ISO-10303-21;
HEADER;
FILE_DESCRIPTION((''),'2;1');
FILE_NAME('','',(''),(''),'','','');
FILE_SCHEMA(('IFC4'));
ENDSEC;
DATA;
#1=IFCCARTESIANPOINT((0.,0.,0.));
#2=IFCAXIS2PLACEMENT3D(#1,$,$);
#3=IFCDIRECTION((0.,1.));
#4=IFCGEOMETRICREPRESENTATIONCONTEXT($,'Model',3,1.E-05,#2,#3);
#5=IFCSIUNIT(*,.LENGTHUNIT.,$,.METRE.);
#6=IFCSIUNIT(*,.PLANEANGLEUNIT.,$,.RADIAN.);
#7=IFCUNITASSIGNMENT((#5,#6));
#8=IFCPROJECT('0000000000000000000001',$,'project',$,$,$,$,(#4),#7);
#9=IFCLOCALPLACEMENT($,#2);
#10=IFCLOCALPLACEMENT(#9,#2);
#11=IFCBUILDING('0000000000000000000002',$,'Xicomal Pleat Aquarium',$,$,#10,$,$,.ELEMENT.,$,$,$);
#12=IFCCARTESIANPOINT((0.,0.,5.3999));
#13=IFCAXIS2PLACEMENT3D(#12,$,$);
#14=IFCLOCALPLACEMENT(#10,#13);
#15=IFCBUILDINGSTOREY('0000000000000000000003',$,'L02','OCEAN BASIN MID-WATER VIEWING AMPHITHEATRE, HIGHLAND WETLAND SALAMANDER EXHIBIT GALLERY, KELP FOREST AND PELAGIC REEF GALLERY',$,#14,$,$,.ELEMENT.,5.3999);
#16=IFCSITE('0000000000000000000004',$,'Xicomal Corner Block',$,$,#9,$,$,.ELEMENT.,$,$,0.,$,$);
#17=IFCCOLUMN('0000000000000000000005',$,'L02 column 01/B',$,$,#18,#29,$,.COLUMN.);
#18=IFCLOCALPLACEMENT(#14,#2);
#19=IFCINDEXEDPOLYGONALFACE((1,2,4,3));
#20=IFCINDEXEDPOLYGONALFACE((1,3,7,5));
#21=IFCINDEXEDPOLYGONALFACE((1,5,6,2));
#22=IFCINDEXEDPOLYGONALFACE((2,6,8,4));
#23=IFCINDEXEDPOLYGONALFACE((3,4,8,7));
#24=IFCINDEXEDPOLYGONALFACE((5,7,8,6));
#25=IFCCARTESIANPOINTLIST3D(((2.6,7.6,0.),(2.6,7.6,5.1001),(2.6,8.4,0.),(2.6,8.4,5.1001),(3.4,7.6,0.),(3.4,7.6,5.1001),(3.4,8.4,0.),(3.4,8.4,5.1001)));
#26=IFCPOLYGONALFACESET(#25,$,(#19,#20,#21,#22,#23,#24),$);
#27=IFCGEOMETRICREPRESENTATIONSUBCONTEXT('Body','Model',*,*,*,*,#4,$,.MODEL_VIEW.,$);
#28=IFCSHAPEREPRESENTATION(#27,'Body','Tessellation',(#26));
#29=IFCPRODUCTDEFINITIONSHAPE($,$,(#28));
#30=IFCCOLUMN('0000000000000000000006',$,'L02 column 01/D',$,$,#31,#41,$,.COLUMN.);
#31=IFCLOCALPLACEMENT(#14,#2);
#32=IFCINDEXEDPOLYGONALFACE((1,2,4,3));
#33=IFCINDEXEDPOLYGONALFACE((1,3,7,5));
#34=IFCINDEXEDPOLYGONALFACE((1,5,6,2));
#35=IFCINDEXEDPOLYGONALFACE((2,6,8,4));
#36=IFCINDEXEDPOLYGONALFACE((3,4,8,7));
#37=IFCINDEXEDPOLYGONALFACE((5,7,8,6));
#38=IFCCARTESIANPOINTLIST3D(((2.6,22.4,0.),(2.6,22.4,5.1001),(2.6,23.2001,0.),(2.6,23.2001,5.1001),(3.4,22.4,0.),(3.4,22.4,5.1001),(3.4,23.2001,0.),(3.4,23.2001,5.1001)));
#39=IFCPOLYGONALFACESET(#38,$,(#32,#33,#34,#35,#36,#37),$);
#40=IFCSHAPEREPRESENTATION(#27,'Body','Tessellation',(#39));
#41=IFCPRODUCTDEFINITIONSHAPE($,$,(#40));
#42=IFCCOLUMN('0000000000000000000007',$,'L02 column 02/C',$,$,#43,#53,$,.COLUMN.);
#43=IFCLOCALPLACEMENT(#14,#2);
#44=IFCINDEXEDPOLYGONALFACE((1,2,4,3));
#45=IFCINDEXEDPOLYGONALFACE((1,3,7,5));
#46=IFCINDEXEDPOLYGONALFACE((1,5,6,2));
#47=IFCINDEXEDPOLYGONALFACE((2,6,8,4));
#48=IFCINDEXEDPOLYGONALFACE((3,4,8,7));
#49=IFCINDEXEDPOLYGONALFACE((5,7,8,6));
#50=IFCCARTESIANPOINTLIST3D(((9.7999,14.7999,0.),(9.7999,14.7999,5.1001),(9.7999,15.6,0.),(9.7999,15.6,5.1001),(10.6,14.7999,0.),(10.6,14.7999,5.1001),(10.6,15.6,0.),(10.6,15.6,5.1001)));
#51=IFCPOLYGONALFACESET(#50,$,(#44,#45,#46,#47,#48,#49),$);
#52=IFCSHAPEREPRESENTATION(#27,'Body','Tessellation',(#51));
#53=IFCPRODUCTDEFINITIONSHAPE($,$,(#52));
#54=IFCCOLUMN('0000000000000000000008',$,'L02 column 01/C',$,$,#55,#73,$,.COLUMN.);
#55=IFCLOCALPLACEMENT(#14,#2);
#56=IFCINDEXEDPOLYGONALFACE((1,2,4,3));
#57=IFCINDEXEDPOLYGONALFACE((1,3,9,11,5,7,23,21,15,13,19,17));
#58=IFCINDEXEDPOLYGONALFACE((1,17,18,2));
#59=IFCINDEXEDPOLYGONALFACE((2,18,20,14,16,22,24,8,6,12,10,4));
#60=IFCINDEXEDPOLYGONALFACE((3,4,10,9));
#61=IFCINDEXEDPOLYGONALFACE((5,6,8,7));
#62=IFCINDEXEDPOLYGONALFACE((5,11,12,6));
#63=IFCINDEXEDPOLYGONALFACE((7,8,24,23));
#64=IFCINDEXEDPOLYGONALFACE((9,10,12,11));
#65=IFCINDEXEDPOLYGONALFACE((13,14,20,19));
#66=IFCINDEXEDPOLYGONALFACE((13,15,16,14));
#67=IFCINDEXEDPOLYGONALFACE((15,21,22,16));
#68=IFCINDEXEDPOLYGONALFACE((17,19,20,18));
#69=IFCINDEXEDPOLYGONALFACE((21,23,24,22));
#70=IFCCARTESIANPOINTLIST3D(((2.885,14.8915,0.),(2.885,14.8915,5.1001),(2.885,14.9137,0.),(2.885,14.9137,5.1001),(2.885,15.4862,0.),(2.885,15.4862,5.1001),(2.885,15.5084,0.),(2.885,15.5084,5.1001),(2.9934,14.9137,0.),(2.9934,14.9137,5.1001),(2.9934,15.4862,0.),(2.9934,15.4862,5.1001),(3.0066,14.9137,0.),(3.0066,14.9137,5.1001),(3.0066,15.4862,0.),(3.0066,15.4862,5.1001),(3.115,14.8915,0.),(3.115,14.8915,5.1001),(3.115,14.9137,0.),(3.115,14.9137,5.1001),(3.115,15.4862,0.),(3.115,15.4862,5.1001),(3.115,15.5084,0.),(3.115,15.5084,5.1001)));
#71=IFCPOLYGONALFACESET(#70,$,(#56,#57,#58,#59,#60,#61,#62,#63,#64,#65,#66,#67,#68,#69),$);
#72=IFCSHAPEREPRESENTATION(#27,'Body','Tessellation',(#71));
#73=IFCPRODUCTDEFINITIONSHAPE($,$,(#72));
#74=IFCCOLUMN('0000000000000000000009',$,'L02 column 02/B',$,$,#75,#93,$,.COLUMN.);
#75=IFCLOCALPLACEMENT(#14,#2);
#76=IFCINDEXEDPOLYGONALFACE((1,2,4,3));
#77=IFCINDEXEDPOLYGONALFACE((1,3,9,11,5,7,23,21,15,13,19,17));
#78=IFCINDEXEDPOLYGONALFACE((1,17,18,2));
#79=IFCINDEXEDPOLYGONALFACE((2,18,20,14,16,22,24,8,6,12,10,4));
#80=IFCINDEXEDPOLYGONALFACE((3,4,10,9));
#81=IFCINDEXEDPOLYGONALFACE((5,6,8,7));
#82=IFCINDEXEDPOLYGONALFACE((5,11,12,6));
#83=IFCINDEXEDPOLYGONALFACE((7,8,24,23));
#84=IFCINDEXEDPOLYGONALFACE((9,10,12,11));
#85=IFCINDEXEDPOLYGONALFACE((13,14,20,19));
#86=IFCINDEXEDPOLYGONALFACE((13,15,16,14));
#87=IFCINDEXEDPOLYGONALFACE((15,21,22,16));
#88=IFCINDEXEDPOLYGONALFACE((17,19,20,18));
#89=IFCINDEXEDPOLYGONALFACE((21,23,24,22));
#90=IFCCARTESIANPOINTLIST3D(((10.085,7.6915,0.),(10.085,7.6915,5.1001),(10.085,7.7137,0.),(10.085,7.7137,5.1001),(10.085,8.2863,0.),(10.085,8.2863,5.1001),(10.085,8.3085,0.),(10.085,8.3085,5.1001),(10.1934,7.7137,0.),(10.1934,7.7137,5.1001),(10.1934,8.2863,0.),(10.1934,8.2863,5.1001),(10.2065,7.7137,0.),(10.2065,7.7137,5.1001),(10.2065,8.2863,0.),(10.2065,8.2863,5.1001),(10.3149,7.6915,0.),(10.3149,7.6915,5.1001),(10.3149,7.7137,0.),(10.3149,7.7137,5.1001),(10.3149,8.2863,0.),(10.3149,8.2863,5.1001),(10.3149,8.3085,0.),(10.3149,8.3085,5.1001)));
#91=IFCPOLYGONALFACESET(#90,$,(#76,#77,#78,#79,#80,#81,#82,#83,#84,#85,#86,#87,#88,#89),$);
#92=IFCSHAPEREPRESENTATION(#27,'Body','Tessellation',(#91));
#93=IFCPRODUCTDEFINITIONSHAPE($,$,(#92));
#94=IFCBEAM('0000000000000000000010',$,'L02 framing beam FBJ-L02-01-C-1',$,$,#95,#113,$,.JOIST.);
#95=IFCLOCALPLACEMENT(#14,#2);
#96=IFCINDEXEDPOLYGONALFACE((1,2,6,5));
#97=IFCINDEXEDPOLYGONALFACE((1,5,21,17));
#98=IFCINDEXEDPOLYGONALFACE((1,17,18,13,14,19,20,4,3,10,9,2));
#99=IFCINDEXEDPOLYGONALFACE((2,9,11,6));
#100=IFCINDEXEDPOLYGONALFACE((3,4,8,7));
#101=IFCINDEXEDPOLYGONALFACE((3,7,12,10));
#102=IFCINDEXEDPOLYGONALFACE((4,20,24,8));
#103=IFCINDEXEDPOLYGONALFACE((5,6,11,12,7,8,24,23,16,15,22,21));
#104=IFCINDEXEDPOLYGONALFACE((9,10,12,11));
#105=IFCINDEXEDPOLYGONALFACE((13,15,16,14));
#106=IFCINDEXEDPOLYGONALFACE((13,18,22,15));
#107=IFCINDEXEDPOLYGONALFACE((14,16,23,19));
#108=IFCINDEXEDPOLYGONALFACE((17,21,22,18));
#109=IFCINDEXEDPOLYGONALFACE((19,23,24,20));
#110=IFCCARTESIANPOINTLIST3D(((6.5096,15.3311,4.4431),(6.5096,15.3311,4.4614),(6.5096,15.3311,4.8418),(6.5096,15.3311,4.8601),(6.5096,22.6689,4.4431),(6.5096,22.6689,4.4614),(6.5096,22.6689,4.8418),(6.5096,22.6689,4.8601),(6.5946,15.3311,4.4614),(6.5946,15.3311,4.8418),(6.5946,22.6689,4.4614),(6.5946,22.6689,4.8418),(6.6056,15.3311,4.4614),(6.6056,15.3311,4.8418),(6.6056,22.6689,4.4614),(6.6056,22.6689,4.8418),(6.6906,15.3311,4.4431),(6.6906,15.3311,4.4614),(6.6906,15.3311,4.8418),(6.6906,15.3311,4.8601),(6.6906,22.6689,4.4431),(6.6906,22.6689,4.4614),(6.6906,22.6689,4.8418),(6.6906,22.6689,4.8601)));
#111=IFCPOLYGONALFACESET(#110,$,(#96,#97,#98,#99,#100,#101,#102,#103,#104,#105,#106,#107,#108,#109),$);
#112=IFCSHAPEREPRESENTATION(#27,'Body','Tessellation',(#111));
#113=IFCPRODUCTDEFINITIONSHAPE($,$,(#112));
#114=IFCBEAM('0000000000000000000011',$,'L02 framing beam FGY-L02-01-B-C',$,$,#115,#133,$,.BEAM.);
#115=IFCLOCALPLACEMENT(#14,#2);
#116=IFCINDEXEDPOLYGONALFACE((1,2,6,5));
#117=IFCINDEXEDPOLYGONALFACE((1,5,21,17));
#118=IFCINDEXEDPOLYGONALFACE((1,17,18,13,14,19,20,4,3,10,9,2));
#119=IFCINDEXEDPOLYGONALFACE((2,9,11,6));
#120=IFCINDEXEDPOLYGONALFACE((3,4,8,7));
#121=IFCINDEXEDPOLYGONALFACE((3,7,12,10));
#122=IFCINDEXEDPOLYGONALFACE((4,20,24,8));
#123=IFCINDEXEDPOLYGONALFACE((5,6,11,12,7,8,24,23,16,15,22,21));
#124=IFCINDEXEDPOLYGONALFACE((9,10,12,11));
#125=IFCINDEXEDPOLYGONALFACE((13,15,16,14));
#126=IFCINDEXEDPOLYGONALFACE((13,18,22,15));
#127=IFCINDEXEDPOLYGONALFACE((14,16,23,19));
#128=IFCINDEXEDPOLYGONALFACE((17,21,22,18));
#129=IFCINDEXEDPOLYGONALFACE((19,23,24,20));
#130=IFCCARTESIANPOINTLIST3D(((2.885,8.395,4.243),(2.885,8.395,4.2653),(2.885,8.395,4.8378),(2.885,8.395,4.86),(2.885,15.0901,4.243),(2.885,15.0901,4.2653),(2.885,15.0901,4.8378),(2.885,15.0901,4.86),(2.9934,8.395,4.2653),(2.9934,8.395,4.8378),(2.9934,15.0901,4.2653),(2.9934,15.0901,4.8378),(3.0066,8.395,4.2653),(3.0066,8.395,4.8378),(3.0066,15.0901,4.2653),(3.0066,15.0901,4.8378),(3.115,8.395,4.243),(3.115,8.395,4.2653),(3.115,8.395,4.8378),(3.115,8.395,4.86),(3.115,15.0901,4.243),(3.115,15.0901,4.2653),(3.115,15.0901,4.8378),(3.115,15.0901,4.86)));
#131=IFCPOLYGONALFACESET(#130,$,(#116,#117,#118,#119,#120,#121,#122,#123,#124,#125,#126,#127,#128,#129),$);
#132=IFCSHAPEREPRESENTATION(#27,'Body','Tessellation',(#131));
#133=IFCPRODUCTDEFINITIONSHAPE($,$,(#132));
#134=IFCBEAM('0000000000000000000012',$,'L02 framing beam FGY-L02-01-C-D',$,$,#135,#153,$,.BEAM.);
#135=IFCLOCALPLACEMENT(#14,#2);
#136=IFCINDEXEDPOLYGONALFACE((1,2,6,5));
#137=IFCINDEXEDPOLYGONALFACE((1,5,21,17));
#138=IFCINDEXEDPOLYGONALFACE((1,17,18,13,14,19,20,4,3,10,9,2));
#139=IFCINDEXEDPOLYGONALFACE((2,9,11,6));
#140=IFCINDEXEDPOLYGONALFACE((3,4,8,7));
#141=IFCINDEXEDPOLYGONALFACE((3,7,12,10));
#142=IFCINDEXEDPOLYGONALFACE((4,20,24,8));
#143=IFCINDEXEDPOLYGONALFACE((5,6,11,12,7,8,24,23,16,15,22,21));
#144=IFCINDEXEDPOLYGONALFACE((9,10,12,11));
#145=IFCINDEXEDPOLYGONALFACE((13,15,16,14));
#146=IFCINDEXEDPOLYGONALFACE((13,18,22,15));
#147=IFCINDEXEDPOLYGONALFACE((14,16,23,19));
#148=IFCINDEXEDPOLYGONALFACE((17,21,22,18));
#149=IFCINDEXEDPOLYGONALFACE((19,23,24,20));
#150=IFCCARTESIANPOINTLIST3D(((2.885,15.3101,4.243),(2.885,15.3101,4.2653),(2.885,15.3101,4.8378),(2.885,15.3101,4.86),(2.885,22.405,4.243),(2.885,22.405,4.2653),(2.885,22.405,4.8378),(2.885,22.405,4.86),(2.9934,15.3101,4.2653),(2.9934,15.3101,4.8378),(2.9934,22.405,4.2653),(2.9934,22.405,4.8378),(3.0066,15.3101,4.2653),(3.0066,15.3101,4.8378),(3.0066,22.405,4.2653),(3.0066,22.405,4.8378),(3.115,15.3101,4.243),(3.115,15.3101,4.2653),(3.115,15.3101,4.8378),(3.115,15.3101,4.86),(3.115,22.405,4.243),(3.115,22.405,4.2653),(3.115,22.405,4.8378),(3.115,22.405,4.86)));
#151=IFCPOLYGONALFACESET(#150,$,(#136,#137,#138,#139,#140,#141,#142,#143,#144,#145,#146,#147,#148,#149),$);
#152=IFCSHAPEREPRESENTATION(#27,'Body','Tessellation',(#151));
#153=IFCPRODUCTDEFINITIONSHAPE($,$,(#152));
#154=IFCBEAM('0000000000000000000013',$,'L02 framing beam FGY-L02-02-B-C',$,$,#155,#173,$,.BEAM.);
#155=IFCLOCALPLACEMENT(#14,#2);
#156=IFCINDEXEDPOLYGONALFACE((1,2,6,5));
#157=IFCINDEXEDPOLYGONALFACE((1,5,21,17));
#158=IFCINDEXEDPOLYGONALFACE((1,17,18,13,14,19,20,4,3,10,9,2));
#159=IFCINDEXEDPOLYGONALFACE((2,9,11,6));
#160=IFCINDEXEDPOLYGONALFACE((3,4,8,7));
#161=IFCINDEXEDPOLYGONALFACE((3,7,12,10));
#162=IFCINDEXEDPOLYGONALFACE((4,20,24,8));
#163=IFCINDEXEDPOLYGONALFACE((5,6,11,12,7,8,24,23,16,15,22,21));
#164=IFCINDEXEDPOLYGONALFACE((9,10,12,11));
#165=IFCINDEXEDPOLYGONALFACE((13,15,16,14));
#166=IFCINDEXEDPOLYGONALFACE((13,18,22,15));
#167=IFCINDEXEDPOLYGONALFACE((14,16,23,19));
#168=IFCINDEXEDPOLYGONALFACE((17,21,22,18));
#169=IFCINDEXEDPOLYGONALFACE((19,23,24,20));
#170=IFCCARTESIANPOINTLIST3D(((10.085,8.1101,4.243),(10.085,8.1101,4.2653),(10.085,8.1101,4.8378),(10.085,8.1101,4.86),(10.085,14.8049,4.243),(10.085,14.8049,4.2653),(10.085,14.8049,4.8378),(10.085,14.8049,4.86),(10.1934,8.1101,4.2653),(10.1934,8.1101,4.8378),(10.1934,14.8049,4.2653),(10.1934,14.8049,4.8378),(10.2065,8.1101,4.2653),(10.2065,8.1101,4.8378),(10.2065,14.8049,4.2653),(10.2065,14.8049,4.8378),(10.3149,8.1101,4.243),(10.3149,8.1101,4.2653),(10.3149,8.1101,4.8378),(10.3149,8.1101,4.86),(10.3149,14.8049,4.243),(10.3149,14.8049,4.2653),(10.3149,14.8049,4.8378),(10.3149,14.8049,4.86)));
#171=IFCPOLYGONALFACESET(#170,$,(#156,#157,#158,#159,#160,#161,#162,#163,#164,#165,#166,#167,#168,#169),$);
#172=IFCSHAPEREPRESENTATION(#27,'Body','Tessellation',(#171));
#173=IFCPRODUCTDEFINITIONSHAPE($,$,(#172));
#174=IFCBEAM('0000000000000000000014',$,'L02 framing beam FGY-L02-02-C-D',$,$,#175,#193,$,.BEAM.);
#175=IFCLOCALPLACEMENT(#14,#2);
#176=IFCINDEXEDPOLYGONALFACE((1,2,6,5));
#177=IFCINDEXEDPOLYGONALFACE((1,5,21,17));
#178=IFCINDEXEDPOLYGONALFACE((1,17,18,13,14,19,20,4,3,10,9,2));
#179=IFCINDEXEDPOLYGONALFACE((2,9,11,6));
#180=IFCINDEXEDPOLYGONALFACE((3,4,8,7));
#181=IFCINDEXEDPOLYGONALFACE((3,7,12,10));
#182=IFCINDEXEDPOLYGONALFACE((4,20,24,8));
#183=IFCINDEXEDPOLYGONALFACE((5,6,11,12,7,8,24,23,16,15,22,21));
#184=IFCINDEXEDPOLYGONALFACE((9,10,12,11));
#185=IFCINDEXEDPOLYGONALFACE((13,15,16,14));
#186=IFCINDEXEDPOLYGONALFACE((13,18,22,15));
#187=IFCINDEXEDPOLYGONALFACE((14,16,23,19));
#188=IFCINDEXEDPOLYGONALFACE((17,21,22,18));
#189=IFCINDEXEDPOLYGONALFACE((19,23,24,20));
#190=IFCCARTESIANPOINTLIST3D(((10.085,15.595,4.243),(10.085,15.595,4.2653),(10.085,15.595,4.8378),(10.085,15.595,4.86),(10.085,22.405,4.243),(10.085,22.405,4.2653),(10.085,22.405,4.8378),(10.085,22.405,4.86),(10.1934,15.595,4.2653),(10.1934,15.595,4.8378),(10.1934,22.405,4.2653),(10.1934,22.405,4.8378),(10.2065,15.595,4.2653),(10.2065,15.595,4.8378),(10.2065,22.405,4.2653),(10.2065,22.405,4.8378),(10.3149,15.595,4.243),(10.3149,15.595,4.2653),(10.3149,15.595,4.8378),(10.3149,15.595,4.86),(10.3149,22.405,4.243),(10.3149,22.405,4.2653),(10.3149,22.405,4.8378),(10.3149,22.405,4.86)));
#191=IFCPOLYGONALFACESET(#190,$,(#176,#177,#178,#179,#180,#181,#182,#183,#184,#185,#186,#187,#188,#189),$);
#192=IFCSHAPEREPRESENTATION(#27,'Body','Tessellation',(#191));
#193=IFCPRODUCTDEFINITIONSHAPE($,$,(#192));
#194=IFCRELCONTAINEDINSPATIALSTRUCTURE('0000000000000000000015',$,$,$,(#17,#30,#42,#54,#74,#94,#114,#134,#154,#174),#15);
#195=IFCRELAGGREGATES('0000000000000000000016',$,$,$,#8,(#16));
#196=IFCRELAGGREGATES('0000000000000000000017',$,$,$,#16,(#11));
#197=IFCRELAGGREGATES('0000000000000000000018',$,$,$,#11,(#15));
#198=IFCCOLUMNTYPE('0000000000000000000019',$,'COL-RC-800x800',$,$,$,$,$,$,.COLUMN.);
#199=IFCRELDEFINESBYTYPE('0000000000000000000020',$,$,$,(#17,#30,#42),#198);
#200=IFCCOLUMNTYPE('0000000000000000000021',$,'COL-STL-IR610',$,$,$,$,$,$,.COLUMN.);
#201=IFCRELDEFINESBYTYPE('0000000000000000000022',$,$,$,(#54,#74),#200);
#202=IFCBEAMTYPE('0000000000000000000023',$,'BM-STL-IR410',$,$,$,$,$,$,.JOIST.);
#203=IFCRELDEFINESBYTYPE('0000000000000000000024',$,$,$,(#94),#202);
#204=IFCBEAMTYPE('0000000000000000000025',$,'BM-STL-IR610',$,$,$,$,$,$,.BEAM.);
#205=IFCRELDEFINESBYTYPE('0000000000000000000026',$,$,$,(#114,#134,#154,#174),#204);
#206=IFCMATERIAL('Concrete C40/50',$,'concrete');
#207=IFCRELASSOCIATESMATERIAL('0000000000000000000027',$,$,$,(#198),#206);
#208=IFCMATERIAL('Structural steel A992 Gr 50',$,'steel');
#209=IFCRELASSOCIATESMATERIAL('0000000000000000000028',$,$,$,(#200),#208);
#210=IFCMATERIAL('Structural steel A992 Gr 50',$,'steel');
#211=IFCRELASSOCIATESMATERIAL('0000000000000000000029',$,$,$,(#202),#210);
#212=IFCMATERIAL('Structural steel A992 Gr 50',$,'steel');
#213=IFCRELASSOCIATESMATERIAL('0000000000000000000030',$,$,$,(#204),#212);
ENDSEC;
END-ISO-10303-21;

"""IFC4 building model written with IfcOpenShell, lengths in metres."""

from ifc_helpers import new_model, si_unit, direction, frame, origin, origin_2d, place, context, subcontext, project, spatial, rectangle, i_section, extrude, material, material_profile, profile_set, type_object, element, save


model = new_model("IFC4")

# Units and contexts
model_context = context("Model", 3, precision=1e-05, world=origin(), true_north=direction((0.0, 1.0)))
body_context = subcontext(model_context, "Body", "Model", "MODEL_VIEW")
ifc_project = project(units=[si_unit("LENGTHUNIT", "METRE"), si_unit("PLANEANGLEUNIT", "RADIAN")], contexts=[model_context])

# Site, building, storey
site_placement = place(None, origin())
site = spatial("IfcSite", under=ifc_project, at=site_placement, Name="Xicomal Corner Block", CompositionType="ELEMENT", RefElevation=0.0)
building_placement = place(site_placement, origin())
building = spatial("IfcBuilding", under=site, at=building_placement, Name="Xicomal Pleat Aquarium", CompositionType="ELEMENT")
storey_placement = place(building_placement, frame((0.0, 0.0, 5.3999)))
storey = spatial("IfcBuildingStorey", under=building, at=storey_placement, Name="L02", Description="OCEAN BASIN MID-WATER VIEWING AMPHITHEATRE, HIGHLAND WETLAND SALAMANDER EXHIBIT GALLERY, KELP FOREST AND PELAGIC REEF GALLERY", CompositionType="ELEMENT", Elevation=5.3999)

# Columns
ifc_material_1 = material(Name="Concrete C40/50", Category="concrete")
ifc_material_profile_1 = material_profile(ifc_material_1, rectangle(XDim=0.8, YDim=0.8, at=origin_2d()), Name="RC 800x800")
ifc_profile_set_1 = profile_set([ifc_material_profile_1], Name="Concrete C40/50")
column_type_1 = type_object("IfcColumnType", Name="COL-RC-800x800", PredefinedType="COLUMN", material=ifc_profile_set_1)
for number, where, z_axis, x_axis, name in (
    (1, (3.0, 8.0, 0.0), (0.0, 0.0, 1.0), (1.0, 0.0, 0.0), "L02 column 01/B"),
    (2, (3.0, 22.8, 0.0), (0.0, 0.0, 1.0), (1.0, 0.0, 0.0), "L02 column 01/D"),
    (3, (10.2, 15.2, 0.0), (0.0, 0.0, 1.0), (1.0, 0.0, 0.0), "L02 column 02/C"),
):
    element("IfcColumn", number, at=place(storey_placement, frame(where, z_axis=z_axis, x_axis=x_axis)), inside=storey, type_object=column_type_1, Name=name, PredefinedType="COLUMN", context=body_context, shape_type="SweptSolid", body=[
        extrude(rectangle(XDim=0.8, YDim=0.8, at=origin_2d()), origin(), (0.0, 0.0, 1.0), 5.1001),
    ])
ifc_material_2 = material(Name="Structural steel A992 Gr 50", Category="steel")
ifc_material_profile_2 = material_profile(ifc_material_2, i_section(OverallWidth=0.23, OverallDepth=0.6169, WebThickness=0.0132, FlangeThickness=0.0222, at=origin_2d()), Name="IR 610x140")
ifc_profile_set_2 = profile_set([ifc_material_profile_2], Name="Structural steel A992 Gr 50")
column_type_2 = type_object("IfcColumnType", Name="COL-STL-IR610", PredefinedType="COLUMN", material=ifc_profile_set_2)
for number, where, z_axis, x_axis, name in (
    (4, (3.0, 15.2, 0.0), (0.0, 0.0, 1.0), (1.0, 0.0, 0.0), "L02 column 01/C"),
    (5, (10.2, 8.0, 0.0), (0.0, 0.0, 1.0), (1.0, 0.0, 0.0), "L02 column 02/B"),
):
    element("IfcColumn", number, at=place(storey_placement, frame(where, z_axis=z_axis, x_axis=x_axis)), inside=storey, type_object=column_type_2, Name=name, PredefinedType="COLUMN", context=body_context, shape_type="SweptSolid", body=[
        extrude(i_section(OverallWidth=0.23, OverallDepth=0.6169, WebThickness=0.0132, FlangeThickness=0.0222, at=origin_2d()), origin(), (0.0, 0.0, 1.0), 5.1001),
    ])

# Beams
ifc_material_3 = material(Name="Structural steel A992 Gr 50", Category="steel")
ifc_material_profile_3 = material_profile(ifc_material_3, i_section(OverallWidth=0.1809, OverallDepth=0.417, WebThickness=0.011, FlangeThickness=0.0183, at=origin_2d()), Name="IR 410x85")
ifc_profile_set_3 = profile_set([ifc_material_profile_3], Name="Structural steel A992 Gr 50")
beam_type_1 = type_object("IfcBeamType", Name="BM-STL-IR410", PredefinedType="JOIST", material=ifc_profile_set_3)
beam_1_placement = place(storey_placement, frame((6.6001, 15.3311, 4.6516), z_axis=(0.0, 1.0, 0.0), x_axis=(-1.0, 0.0, 0.0)))
element("IfcBeam", 6, at=beam_1_placement, inside=storey, type_object=beam_type_1, Name="L02 framing beam FBJ-L02-01-C-1", PredefinedType="JOIST", context=body_context, shape_type="SweptSolid", body=[
    extrude(i_section(OverallWidth=0.1809, OverallDepth=0.417, WebThickness=0.011, FlangeThickness=0.0183, at=origin_2d()), origin(), (0.0, 0.0, 1.0), 7.3379),
])
ifc_material_4 = material(Name="Structural steel A992 Gr 50", Category="steel")
ifc_material_profile_4 = material_profile(ifc_material_4, i_section(OverallWidth=0.23, OverallDepth=0.6169, WebThickness=0.0132, FlangeThickness=0.0222, at=origin_2d()), Name="IR 610x140")
ifc_profile_set_4 = profile_set([ifc_material_profile_4], Name="Structural steel A992 Gr 50")
beam_type_2 = type_object("IfcBeamType", Name="BM-STL-IR610", PredefinedType="BEAM", material=ifc_profile_set_4)
beam_2_placement = place(storey_placement, frame((3.0, 8.395, 4.5515), z_axis=(0.0, 1.0, 0.0), x_axis=(-1.0, 0.0, 0.0)))
element("IfcBeam", 7, at=beam_2_placement, inside=storey, type_object=beam_type_2, Name="L02 framing beam FGY-L02-01-B-C", PredefinedType="BEAM", context=body_context, shape_type="SweptSolid", body=[
    extrude(i_section(OverallWidth=0.23, OverallDepth=0.6169, WebThickness=0.0132, FlangeThickness=0.0222, at=origin_2d()), origin(), (0.0, 0.0, 1.0), 6.6951),
])
beam_3_placement = place(storey_placement, frame((3.0, 15.3101, 4.5515), z_axis=(0.0, 1.0, 0.0), x_axis=(-1.0, 0.0, 0.0)))
element("IfcBeam", 8, at=beam_3_placement, inside=storey, type_object=beam_type_2, Name="L02 framing beam FGY-L02-01-C-D", PredefinedType="BEAM", context=body_context, shape_type="SweptSolid", body=[
    extrude(i_section(OverallWidth=0.23, OverallDepth=0.6169, WebThickness=0.0132, FlangeThickness=0.0222, at=origin_2d()), origin(), (0.0, 0.0, 1.0), 7.095),
])
beam_4_placement = place(storey_placement, frame((10.2, 8.1101, 4.5515), z_axis=(0.0, 1.0, 0.0), x_axis=(-1.0, 0.0, 0.0)))
element("IfcBeam", 9, at=beam_4_placement, inside=storey, type_object=beam_type_2, Name="L02 framing beam FGY-L02-02-B-C", PredefinedType="BEAM", context=body_context, shape_type="SweptSolid", body=[
    extrude(i_section(OverallWidth=0.23, OverallDepth=0.6169, WebThickness=0.0132, FlangeThickness=0.0222, at=origin_2d()), origin(), (0.0, 0.0, 1.0), 6.6948),
])
beam_5_placement = place(storey_placement, frame((10.2, 15.595, 4.5515), z_axis=(0.0, 1.0, 0.0), x_axis=(-1.0, 0.0, 0.0)))
element("IfcBeam", 10, at=beam_5_placement, inside=storey, type_object=beam_type_2, Name="L02 framing beam FGY-L02-02-C-D", PredefinedType="BEAM", context=body_context, shape_type="SweptSolid", body=[
    extrude(i_section(OverallWidth=0.23, OverallDepth=0.6169, WebThickness=0.0132, FlangeThickness=0.0222, at=origin_2d()), origin(), (0.0, 0.0, 1.0), 6.8101),
])

save(model, "model.ifc")
